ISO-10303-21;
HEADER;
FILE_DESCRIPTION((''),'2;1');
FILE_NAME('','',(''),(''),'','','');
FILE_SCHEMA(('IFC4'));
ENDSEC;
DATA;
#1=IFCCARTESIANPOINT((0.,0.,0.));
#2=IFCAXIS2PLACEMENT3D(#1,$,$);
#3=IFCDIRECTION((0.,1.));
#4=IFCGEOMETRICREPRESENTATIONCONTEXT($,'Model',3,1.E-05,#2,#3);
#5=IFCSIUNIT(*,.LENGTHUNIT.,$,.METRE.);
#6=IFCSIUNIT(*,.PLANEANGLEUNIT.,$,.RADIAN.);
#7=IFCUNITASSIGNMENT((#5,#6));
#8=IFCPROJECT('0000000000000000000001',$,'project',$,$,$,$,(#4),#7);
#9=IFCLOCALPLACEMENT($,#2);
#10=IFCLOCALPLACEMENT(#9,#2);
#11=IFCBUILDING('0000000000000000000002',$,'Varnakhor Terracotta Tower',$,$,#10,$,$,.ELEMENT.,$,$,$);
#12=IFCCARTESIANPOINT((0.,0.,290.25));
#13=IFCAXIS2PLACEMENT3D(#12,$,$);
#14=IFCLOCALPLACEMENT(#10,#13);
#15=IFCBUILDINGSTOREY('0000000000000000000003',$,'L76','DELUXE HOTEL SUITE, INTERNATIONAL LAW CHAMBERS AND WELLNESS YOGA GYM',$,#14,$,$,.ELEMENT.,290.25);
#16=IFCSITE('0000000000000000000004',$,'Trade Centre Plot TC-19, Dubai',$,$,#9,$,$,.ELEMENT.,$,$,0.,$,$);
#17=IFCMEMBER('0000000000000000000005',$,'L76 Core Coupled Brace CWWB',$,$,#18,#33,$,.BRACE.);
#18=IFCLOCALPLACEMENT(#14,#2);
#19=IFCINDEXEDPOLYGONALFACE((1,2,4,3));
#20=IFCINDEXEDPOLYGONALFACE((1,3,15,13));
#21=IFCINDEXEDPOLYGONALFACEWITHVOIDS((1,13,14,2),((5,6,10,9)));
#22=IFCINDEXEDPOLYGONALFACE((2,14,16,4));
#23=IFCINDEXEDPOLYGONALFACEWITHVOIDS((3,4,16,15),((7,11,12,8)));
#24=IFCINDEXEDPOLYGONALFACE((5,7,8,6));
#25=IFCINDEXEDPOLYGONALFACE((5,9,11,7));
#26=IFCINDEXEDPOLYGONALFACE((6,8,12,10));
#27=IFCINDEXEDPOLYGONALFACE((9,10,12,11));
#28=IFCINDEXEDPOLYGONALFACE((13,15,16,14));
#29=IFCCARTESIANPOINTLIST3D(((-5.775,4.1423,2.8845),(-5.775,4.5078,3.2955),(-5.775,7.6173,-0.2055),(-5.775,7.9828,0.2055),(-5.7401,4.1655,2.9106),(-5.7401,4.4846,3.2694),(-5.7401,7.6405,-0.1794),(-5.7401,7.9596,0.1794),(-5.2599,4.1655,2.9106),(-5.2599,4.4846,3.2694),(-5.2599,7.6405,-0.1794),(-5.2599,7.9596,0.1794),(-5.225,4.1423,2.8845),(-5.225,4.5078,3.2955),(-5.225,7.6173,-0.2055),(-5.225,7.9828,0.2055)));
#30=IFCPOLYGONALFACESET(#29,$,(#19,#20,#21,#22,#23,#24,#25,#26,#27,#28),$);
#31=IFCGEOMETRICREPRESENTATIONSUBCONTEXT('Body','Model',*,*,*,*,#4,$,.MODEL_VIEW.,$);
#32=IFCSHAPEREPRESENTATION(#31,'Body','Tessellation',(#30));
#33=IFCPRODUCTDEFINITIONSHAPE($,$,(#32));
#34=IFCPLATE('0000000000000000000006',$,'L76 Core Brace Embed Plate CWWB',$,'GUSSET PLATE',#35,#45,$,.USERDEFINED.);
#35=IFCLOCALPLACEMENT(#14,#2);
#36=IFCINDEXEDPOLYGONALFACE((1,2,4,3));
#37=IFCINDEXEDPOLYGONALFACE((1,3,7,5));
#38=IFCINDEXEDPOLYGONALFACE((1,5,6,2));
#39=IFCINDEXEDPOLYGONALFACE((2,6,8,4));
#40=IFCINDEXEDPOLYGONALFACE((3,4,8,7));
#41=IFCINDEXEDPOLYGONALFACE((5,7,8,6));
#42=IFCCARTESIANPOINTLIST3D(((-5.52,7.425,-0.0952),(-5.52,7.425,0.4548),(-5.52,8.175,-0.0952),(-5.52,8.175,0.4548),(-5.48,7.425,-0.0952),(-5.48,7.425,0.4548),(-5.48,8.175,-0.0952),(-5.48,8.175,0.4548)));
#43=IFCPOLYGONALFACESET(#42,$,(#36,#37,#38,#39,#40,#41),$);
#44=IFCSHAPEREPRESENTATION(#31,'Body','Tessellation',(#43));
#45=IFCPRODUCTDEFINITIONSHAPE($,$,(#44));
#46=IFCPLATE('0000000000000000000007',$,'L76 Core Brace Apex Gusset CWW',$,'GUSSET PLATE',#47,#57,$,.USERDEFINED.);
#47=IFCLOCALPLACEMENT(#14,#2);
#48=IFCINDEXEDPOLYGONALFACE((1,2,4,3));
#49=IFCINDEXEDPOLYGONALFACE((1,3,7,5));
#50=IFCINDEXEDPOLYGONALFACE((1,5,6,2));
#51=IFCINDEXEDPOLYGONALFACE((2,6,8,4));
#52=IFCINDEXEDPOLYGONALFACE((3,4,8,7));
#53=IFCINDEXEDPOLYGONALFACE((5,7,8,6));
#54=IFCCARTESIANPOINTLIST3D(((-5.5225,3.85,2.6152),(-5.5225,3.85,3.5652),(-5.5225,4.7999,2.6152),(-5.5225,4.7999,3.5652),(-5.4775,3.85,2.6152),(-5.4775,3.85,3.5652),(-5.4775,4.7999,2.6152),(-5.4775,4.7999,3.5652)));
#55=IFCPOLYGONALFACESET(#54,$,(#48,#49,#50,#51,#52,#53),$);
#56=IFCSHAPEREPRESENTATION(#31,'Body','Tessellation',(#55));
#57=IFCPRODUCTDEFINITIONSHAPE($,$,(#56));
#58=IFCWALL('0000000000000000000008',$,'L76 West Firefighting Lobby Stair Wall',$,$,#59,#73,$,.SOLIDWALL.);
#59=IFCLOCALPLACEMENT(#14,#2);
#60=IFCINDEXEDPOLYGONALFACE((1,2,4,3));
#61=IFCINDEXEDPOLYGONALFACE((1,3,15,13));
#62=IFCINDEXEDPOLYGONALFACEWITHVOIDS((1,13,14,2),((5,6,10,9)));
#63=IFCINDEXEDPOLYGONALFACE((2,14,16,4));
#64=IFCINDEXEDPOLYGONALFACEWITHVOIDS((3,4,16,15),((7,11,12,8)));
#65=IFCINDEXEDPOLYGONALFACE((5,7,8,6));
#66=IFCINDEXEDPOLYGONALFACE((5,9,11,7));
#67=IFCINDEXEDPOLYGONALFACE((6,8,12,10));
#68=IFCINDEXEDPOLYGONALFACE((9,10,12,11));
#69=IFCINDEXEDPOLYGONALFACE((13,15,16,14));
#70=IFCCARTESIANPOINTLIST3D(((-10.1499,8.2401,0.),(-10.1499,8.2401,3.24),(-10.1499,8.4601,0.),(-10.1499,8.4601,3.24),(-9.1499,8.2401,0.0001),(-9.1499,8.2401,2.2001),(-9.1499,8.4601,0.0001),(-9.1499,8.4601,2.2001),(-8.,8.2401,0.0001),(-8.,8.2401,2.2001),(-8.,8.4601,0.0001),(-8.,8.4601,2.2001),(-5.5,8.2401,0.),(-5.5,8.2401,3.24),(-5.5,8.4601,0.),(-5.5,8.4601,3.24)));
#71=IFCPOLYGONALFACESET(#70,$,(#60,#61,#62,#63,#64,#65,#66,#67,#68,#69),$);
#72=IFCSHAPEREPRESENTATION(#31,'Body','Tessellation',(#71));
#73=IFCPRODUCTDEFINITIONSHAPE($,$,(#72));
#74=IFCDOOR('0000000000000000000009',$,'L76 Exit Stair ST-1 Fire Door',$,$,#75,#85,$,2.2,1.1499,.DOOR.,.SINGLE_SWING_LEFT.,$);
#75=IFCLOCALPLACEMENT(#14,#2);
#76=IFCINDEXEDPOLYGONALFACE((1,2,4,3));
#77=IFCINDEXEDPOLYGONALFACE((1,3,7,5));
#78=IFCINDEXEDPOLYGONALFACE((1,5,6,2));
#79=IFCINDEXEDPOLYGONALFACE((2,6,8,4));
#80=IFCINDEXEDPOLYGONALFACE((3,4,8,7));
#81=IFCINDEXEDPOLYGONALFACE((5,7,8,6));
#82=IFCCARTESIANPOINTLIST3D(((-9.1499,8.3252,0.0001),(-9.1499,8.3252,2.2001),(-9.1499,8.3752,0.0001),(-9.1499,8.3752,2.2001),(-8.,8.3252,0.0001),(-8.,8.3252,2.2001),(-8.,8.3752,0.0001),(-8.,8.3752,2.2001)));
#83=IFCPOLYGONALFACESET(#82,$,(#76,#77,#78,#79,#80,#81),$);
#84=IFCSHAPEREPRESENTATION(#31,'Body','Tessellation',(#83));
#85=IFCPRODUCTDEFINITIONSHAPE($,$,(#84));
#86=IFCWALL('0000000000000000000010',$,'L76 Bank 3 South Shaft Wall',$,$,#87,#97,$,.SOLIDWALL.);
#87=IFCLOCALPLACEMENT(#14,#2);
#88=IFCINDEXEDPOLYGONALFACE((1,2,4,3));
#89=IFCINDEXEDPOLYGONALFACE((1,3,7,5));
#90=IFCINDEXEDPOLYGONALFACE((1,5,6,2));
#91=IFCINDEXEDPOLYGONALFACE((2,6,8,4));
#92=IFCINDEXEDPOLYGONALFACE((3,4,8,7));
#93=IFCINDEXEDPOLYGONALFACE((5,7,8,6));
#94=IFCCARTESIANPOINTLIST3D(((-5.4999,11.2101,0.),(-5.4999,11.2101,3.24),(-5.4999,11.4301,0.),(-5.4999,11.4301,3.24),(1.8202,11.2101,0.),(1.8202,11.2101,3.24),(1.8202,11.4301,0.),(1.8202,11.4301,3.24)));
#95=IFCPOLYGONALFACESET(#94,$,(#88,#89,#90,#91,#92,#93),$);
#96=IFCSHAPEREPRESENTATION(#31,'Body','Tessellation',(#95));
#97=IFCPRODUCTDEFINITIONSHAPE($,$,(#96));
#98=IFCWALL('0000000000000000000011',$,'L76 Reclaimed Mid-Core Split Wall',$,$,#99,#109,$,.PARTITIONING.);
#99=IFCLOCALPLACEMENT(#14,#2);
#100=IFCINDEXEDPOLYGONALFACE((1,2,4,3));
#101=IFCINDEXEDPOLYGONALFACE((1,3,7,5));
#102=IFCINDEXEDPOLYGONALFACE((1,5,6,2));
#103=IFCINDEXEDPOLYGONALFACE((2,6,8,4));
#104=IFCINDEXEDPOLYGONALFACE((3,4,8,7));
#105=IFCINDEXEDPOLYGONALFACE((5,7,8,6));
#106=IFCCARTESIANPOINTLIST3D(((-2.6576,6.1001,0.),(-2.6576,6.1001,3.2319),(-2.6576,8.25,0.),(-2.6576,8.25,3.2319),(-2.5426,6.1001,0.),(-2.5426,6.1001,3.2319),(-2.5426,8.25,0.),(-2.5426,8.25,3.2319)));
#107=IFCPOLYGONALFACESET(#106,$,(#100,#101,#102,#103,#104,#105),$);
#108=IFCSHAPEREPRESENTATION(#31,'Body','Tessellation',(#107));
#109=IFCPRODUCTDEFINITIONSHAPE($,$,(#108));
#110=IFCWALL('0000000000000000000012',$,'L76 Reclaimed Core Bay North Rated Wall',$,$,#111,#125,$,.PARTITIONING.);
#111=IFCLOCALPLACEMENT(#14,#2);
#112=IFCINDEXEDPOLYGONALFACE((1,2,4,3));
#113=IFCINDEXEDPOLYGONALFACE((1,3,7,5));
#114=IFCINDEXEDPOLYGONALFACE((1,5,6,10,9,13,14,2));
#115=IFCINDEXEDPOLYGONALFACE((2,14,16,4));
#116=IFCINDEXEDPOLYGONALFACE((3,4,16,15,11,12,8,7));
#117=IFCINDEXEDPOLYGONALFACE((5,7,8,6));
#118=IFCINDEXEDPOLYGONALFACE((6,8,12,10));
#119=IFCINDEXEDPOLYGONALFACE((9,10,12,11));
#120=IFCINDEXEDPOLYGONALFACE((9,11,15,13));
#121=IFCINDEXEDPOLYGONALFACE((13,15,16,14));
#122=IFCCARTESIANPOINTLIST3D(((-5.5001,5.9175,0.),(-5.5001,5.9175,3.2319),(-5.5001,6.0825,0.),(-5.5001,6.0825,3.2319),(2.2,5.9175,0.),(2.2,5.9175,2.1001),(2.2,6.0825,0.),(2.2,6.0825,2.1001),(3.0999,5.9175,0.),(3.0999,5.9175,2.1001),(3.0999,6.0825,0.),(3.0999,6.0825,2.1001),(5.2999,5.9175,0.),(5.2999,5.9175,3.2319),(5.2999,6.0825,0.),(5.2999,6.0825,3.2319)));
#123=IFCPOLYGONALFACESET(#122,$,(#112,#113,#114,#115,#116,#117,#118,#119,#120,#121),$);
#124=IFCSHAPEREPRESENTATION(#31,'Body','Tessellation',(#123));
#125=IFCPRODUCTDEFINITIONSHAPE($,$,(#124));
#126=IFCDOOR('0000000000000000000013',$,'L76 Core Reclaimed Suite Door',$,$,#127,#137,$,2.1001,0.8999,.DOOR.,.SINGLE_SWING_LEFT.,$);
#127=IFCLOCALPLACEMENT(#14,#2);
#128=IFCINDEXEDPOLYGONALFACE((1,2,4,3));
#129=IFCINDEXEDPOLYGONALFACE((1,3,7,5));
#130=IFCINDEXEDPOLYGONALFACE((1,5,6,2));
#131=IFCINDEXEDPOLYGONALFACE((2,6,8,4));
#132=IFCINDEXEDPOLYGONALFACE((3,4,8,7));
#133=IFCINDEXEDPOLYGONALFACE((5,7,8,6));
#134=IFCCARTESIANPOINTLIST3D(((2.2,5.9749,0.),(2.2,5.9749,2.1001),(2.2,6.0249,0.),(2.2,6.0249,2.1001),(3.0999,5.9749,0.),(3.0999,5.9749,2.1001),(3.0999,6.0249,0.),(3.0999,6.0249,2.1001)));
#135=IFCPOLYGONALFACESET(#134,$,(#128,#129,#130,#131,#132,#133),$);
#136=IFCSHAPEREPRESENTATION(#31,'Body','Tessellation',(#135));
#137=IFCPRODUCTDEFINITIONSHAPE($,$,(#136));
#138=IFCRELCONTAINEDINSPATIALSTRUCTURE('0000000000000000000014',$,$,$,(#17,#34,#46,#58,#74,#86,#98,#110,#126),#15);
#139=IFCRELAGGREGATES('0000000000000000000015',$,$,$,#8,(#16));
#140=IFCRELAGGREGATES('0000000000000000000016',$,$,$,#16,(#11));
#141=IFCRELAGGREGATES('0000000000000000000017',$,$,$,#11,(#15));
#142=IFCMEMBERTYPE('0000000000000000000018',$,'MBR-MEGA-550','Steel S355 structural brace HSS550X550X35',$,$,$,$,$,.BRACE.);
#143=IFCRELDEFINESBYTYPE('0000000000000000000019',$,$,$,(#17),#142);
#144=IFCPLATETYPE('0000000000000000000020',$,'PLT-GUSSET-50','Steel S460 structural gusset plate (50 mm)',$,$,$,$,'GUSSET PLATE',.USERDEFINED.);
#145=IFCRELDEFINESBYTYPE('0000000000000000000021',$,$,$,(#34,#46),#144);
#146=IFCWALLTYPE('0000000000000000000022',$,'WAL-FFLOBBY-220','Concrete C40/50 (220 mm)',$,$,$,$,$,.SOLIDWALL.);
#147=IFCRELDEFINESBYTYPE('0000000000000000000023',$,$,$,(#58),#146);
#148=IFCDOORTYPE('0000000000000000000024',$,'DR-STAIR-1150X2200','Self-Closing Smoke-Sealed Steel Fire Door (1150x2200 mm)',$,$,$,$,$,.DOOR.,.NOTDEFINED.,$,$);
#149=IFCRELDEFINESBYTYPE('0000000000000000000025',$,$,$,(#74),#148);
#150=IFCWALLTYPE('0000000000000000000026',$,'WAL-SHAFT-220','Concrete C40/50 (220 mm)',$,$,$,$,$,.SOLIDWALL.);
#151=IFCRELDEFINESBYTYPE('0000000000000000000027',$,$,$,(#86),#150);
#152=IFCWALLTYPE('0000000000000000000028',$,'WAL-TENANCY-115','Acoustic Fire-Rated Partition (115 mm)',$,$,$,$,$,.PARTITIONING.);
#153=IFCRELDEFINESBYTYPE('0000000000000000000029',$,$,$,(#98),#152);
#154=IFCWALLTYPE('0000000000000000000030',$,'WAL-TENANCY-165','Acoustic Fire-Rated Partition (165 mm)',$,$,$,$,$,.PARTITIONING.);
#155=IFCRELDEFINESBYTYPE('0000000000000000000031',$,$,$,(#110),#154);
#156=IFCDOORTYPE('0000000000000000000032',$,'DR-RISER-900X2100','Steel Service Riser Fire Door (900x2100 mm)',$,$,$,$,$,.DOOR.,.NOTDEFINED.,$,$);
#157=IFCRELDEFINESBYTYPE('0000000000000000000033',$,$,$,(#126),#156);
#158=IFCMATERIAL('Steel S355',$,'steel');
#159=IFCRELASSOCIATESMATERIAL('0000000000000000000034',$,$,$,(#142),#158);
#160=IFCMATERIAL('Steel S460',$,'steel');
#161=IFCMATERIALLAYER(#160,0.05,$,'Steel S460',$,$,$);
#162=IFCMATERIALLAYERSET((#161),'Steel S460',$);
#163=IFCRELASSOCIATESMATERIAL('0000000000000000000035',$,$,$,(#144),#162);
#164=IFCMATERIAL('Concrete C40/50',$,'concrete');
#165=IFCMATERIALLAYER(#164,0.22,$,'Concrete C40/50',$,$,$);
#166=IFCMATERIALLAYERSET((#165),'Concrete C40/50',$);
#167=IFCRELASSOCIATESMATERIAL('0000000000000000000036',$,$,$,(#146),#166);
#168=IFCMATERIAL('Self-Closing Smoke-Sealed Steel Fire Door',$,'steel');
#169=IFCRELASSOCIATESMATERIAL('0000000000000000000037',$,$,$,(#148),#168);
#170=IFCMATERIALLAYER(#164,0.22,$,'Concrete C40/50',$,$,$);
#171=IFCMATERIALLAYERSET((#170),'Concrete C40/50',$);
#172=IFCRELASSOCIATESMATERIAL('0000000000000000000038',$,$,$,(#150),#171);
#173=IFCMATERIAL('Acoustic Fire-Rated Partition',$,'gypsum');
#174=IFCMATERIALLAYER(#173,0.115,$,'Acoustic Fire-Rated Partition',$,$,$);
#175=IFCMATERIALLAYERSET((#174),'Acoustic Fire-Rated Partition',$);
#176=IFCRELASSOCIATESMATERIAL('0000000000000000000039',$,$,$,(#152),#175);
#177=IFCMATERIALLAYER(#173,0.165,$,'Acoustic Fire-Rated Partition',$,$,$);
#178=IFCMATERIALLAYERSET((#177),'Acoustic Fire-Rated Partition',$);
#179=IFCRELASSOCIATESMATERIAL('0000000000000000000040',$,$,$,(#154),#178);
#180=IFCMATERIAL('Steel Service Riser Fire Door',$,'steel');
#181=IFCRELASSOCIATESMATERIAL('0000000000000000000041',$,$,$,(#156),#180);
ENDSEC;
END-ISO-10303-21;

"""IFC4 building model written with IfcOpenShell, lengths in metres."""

from ifc_helpers import new_model, si_unit, direction, frame, frame_2d, origin, origin_2d, place, context, subcontext, project, spatial, rectangle, hollow_rectangle, extrude, source, transform, mapped, material, layer, layer_set, material_profile, profile_set, type_object, type_shapes, element, fill, save


model = new_model("IFC4")

# Units and contexts
model_context = context("Model", 3, precision=1e-05, world=origin(), true_north=direction((0.0, 1.0)))
body_context = subcontext(model_context, "Body", "Model", "MODEL_VIEW")
ifc_project = project(units=[si_unit("LENGTHUNIT", "METRE"), si_unit("PLANEANGLEUNIT", "RADIAN")], contexts=[model_context])

# Site, building, storey
site_placement = place(None, origin())
site = spatial("IfcSite", under=ifc_project, at=site_placement, Name="Trade Centre Plot TC-19, Dubai", CompositionType="ELEMENT", RefElevation=0.0)
building_placement = place(site_placement, origin())
building = spatial("IfcBuilding", under=site, at=building_placement, Name="Varnakhor Terracotta Tower", CompositionType="ELEMENT")
storey_placement = place(building_placement, frame((0.0, 0.0, 290.25)))
storey = spatial("IfcBuildingStorey", under=building, at=storey_placement, Name="L76", Description="DELUXE HOTEL SUITE, INTERNATIONAL LAW CHAMBERS AND WELLNESS YOGA GYM", CompositionType="ELEMENT", Elevation=290.25)

# Member
ifc_material_1 = material(Name="Steel S355", Category="steel")
ifc_material_profile = material_profile(ifc_material_1, hollow_rectangle(XDim=0.55, YDim=0.55, WallThickness=0.0349, at=origin_2d()), Name="HSS550X550X35")
ifc_profile_set = profile_set([ifc_material_profile], Name="Steel S355")
member_type = type_object("IfcMemberType", Name="MBR-MEGA-550", Description="Steel S355 structural brace HSS550X550X35", PredefinedType="BRACE", material=ifc_profile_set)
shared_shape_1 = source(origin(), body_context, "Body", "SweptSolid", [
    extrude(hollow_rectangle(XDim=0.55, YDim=0.55, WallThickness=0.0349, at=origin_2d()), origin(), (0.0, 0.0, 1.0), 4.6501),
])
member_placement = place(storey_placement, frame((-5.5, 7.8, 0.0), z_axis=(0.0, -0.747291, 0.664497), x_axis=(1.0, 0.0, 0.0)))
element("IfcMember", 1, at=member_placement, inside=storey, type_object=member_type, Name="L76 Core Coupled Brace CWWB", PredefinedType="BRACE", context=body_context, shape_type="MappedRepresentation", body=[
    mapped(shared_shape_1, transform((0.0, 0.0, 0.0), scale=1.0)),
])

# Plates
ifc_material_2 = material(Name="Steel S460", Category="steel")
ifc_layer_1 = layer(ifc_material_2, 0.05, Name="Steel S460")
ifc_layer_set_1 = layer_set([ifc_layer_1], Name="Steel S460")
plate_type = type_object("IfcPlateType", Name="PLT-GUSSET-50", Description="Steel S460 structural gusset plate (50 mm)", ElementType="GUSSET PLATE", PredefinedType="USERDEFINED", material=ifc_layer_set_1)
shared_shape_2 = source(origin(), body_context, "Body", "SweptSolid", [
    extrude(rectangle(XDim=0.75, YDim=0.04, at=origin_2d()), origin(), (0.0, 0.0, 1.0), 0.55),
])
type_shapes(plate_type, [shared_shape_2])
plate_1_placement = place(storey_placement, frame((-5.5, 7.8, -0.0952), z_axis=(0.0, 0.0, 1.0), x_axis=(0.0, 1.0, 0.0)))
element("IfcPlate", 2, at=plate_1_placement, inside=storey, type_object=plate_type, Name="L76 Core Brace Embed Plate CWWB", ObjectType="GUSSET PLATE", PredefinedType="USERDEFINED", context=body_context, shape_type="MappedRepresentation", body=[
    mapped(shared_shape_2, transform((0.0, 0.0, 0.0), scale=1.0)),
])
shared_shape_3 = source(origin(), body_context, "Body", "SweptSolid", [
    extrude(rectangle(XDim=0.95, YDim=0.0449, at=origin_2d()), origin(), (0.0, 0.0, 1.0), 0.95),
])
plate_2_placement = place(storey_placement, frame((-5.5, 4.325, 2.6152), z_axis=(0.0, 0.0, 1.0), x_axis=(0.0, 1.0, 0.0)))
element("IfcPlate", 3, at=plate_2_placement, inside=storey, type_object=plate_type, Name="L76 Core Brace Apex Gusset CWW", ObjectType="GUSSET PLATE", PredefinedType="USERDEFINED", context=body_context, shape_type="MappedRepresentation", body=[
    mapped(shared_shape_3, transform((0.0, 0.0, 0.0), scale=1.0)),
])

# Wall, opening, door
ifc_material_3 = material(Name="Concrete C40/50", Category="concrete")
ifc_layer_2 = layer(ifc_material_3, 0.22, Name="Concrete C40/50")
ifc_layer_set_2 = layer_set([ifc_layer_2], Name="Concrete C40/50")
wall_type_1 = type_object("IfcWallType", Name="WAL-FFLOBBY-220", Description="Concrete C40/50 (220 mm)", PredefinedType="SOLIDWALL", material=ifc_layer_set_2)
wall_1_placement = place(storey_placement, frame((-5.5, 8.3501, 0.0), z_axis=(0.0, 0.0, 1.0), x_axis=(-1.0, 0.0, 0.0)))
wall_1 = element("IfcWall", 4, at=wall_1_placement, inside=storey, type_object=wall_type_1, Name="L76 West Firefighting Lobby Stair Wall", PredefinedType="SOLIDWALL", context=body_context, shape_type="SweptSolid", body=[
    extrude(rectangle(XDim=4.6499, YDim=0.22, at=frame_2d((2.325, 0.0))), origin(), (0.0, 0.0, 1.0), 3.24),
])
opening_1_placement = place(wall_1_placement, frame((2.5, 0.0, 0.0)))
opening_1 = element("IfcOpeningElement", 5, at=opening_1_placement, cuts=wall_1, PredefinedType="OPENING", context=body_context, shape_type="SweptSolid", body=[
    extrude(rectangle(XDim=1.1499, YDim=2.2, at=frame_2d((0.575, 1.1001))), frame((0.0, 0.1201, 0.0), z_axis=(0.0, -1.0, 0.0), x_axis=(1.0, 0.0, 0.0)), (0.0, 0.0, 1.0), 0.24),
])
ifc_material_4 = material(Name="Self-Closing Smoke-Sealed Steel Fire Door", Category="steel")
door_type_1 = type_object("IfcDoorType", Name="DR-STAIR-1150X2200", Description="Self-Closing Smoke-Sealed Steel Fire Door (1150x2200 mm)", OperationType="NOTDEFINED", PredefinedType="DOOR", material=ifc_material_4)
shared_shape_4 = source(origin(), body_context, "Body", "SweptSolid", [
    extrude(rectangle(XDim=1.1499, YDim=2.2, at=frame_2d((0.575, 1.1001))), frame((0.0, 0.0249, 0.0), z_axis=(0.0, -1.0, 0.0), x_axis=(1.0, 0.0, 0.0)), (0.0, 0.0, 1.0), 0.05),
])
type_shapes(door_type_1, [shared_shape_4])
door_1_placement = place(opening_1_placement, origin())
door_1 = element("IfcDoor", 6, at=door_1_placement, inside=storey, type_object=door_type_1, Name="L76 Exit Stair ST-1 Fire Door", OperationType="SINGLE_SWING_LEFT", OverallHeight=2.2, OverallWidth=1.1499, PredefinedType="DOOR", context=body_context, shape_type="MappedRepresentation", body=[
    mapped(shared_shape_4, transform((0.0, 0.0, 0.0), scale=1.0)),
])
fill(opening_1, door_1)

# Walls
ifc_layer_3 = layer(ifc_material_3, 0.22, Name="Concrete C40/50")
ifc_layer_set_3 = layer_set([ifc_layer_3], Name="Concrete C40/50")
wall_type_2 = type_object("IfcWallType", Name="WAL-SHAFT-220", Description="Concrete C40/50 (220 mm)", PredefinedType="SOLIDWALL", material=ifc_layer_set_3)
wall_2_placement = place(storey_placement, frame((-5.5, 11.3201, 0.0), z_axis=(0.0, 0.0, 1.0), x_axis=(1.0, 0.0, 0.0)))
element("IfcWall", 7, at=wall_2_placement, inside=storey, type_object=wall_type_2, Name="L76 Bank 3 South Shaft Wall", PredefinedType="SOLIDWALL", context=body_context, shape_type="SweptSolid", body=[
    extrude(rectangle(XDim=7.3201, YDim=0.22, at=frame_2d((3.6602, 0.0))), origin(), (0.0, 0.0, 1.0), 3.24),
])
ifc_material_5 = material(Name="Acoustic Fire-Rated Partition", Category="gypsum")
ifc_layer_4 = layer(ifc_material_5, 0.115, Name="Acoustic Fire-Rated Partition")
ifc_layer_set_4 = layer_set([ifc_layer_4], Name="Acoustic Fire-Rated Partition")
wall_type_3 = type_object("IfcWallType", Name="WAL-TENANCY-115", Description="Acoustic Fire-Rated Partition (115 mm)", PredefinedType="PARTITIONING", material=ifc_layer_set_4)
wall_3_placement = place(storey_placement, frame((-2.6001, 6.1001, 0.0), z_axis=(0.0, 0.0, 1.0), x_axis=(0.0, 1.0, 0.0)))
element("IfcWall", 8, at=wall_3_placement, inside=storey, type_object=wall_type_3, Name="L76 Reclaimed Mid-Core Split Wall", PredefinedType="PARTITIONING", context=body_context, shape_type="SweptSolid", body=[
    extrude(rectangle(XDim=2.1499, YDim=0.115, at=frame_2d((1.075, 0.0))), origin(), (0.0, 0.0, 1.0), 3.2319),
])

# Wall, opening, door
ifc_layer_5 = layer(ifc_material_5, 0.165, Name="Acoustic Fire-Rated Partition")
ifc_layer_set_5 = layer_set([ifc_layer_5], Name="Acoustic Fire-Rated Partition")
wall_type_4 = type_object("IfcWallType", Name="WAL-TENANCY-165", Description="Acoustic Fire-Rated Partition (165 mm)", PredefinedType="PARTITIONING", material=ifc_layer_set_5)
wall_4_placement = place(storey_placement, frame((-5.5, 6.0, 0.0), z_axis=(0.0, 0.0, 1.0), x_axis=(1.0, 0.0, 0.0)))
wall_4 = element("IfcWall", 9, at=wall_4_placement, inside=storey, type_object=wall_type_4, Name="L76 Reclaimed Core Bay North Rated Wall", PredefinedType="PARTITIONING", context=body_context, shape_type="SweptSolid", body=[
    extrude(rectangle(XDim=10.8, YDim=0.165, at=frame_2d((5.3999, 0.0))), origin(), (0.0, 0.0, 1.0), 3.2319),
])
opening_2_placement = place(wall_4_placement, frame((7.7, 0.0, 0.0)))
opening_2 = element("IfcOpeningElement", 10, at=opening_2_placement, cuts=wall_4, PredefinedType="OPENING", context=body_context, shape_type="SweptSolid", body=[
    extrude(rectangle(XDim=0.8999, YDim=2.1001, at=frame_2d((0.45, 1.05))), frame((0.0, 0.0925, 0.0), z_axis=(0.0, -1.0, 0.0), x_axis=(1.0, 0.0, 0.0)), (0.0, 0.0, 1.0), 0.1851),
])
ifc_material_6 = material(Name="Steel Service Riser Fire Door", Category="steel")
door_type_2 = type_object("IfcDoorType", Name="DR-RISER-900X2100", Description="Steel Service Riser Fire Door (900x2100 mm)", OperationType="NOTDEFINED", PredefinedType="DOOR", material=ifc_material_6)
shared_shape_5 = source(origin(), body_context, "Body", "SweptSolid", [
    extrude(rectangle(XDim=0.8999, YDim=2.1001, at=frame_2d((0.45, 1.05))), frame((0.0, 0.0249, 0.0), z_axis=(0.0, -1.0, 0.0), x_axis=(1.0, 0.0, 0.0)), (0.0, 0.0, 1.0), 0.05),
])
type_shapes(door_type_2, [shared_shape_5])
door_2_placement = place(opening_2_placement, origin())
door_2 = element("IfcDoor", 11, at=door_2_placement, inside=storey, type_object=door_type_2, Name="L76 Core Reclaimed Suite Door", OperationType="SINGLE_SWING_LEFT", OverallHeight=2.1001, OverallWidth=0.8999, PredefinedType="DOOR", context=body_context, shape_type="MappedRepresentation", body=[
    mapped(shared_shape_5, transform((0.0, 0.0, 0.0), scale=1.0)),
])
fill(opening_2, door_2)

save(model, "model.ifc")
